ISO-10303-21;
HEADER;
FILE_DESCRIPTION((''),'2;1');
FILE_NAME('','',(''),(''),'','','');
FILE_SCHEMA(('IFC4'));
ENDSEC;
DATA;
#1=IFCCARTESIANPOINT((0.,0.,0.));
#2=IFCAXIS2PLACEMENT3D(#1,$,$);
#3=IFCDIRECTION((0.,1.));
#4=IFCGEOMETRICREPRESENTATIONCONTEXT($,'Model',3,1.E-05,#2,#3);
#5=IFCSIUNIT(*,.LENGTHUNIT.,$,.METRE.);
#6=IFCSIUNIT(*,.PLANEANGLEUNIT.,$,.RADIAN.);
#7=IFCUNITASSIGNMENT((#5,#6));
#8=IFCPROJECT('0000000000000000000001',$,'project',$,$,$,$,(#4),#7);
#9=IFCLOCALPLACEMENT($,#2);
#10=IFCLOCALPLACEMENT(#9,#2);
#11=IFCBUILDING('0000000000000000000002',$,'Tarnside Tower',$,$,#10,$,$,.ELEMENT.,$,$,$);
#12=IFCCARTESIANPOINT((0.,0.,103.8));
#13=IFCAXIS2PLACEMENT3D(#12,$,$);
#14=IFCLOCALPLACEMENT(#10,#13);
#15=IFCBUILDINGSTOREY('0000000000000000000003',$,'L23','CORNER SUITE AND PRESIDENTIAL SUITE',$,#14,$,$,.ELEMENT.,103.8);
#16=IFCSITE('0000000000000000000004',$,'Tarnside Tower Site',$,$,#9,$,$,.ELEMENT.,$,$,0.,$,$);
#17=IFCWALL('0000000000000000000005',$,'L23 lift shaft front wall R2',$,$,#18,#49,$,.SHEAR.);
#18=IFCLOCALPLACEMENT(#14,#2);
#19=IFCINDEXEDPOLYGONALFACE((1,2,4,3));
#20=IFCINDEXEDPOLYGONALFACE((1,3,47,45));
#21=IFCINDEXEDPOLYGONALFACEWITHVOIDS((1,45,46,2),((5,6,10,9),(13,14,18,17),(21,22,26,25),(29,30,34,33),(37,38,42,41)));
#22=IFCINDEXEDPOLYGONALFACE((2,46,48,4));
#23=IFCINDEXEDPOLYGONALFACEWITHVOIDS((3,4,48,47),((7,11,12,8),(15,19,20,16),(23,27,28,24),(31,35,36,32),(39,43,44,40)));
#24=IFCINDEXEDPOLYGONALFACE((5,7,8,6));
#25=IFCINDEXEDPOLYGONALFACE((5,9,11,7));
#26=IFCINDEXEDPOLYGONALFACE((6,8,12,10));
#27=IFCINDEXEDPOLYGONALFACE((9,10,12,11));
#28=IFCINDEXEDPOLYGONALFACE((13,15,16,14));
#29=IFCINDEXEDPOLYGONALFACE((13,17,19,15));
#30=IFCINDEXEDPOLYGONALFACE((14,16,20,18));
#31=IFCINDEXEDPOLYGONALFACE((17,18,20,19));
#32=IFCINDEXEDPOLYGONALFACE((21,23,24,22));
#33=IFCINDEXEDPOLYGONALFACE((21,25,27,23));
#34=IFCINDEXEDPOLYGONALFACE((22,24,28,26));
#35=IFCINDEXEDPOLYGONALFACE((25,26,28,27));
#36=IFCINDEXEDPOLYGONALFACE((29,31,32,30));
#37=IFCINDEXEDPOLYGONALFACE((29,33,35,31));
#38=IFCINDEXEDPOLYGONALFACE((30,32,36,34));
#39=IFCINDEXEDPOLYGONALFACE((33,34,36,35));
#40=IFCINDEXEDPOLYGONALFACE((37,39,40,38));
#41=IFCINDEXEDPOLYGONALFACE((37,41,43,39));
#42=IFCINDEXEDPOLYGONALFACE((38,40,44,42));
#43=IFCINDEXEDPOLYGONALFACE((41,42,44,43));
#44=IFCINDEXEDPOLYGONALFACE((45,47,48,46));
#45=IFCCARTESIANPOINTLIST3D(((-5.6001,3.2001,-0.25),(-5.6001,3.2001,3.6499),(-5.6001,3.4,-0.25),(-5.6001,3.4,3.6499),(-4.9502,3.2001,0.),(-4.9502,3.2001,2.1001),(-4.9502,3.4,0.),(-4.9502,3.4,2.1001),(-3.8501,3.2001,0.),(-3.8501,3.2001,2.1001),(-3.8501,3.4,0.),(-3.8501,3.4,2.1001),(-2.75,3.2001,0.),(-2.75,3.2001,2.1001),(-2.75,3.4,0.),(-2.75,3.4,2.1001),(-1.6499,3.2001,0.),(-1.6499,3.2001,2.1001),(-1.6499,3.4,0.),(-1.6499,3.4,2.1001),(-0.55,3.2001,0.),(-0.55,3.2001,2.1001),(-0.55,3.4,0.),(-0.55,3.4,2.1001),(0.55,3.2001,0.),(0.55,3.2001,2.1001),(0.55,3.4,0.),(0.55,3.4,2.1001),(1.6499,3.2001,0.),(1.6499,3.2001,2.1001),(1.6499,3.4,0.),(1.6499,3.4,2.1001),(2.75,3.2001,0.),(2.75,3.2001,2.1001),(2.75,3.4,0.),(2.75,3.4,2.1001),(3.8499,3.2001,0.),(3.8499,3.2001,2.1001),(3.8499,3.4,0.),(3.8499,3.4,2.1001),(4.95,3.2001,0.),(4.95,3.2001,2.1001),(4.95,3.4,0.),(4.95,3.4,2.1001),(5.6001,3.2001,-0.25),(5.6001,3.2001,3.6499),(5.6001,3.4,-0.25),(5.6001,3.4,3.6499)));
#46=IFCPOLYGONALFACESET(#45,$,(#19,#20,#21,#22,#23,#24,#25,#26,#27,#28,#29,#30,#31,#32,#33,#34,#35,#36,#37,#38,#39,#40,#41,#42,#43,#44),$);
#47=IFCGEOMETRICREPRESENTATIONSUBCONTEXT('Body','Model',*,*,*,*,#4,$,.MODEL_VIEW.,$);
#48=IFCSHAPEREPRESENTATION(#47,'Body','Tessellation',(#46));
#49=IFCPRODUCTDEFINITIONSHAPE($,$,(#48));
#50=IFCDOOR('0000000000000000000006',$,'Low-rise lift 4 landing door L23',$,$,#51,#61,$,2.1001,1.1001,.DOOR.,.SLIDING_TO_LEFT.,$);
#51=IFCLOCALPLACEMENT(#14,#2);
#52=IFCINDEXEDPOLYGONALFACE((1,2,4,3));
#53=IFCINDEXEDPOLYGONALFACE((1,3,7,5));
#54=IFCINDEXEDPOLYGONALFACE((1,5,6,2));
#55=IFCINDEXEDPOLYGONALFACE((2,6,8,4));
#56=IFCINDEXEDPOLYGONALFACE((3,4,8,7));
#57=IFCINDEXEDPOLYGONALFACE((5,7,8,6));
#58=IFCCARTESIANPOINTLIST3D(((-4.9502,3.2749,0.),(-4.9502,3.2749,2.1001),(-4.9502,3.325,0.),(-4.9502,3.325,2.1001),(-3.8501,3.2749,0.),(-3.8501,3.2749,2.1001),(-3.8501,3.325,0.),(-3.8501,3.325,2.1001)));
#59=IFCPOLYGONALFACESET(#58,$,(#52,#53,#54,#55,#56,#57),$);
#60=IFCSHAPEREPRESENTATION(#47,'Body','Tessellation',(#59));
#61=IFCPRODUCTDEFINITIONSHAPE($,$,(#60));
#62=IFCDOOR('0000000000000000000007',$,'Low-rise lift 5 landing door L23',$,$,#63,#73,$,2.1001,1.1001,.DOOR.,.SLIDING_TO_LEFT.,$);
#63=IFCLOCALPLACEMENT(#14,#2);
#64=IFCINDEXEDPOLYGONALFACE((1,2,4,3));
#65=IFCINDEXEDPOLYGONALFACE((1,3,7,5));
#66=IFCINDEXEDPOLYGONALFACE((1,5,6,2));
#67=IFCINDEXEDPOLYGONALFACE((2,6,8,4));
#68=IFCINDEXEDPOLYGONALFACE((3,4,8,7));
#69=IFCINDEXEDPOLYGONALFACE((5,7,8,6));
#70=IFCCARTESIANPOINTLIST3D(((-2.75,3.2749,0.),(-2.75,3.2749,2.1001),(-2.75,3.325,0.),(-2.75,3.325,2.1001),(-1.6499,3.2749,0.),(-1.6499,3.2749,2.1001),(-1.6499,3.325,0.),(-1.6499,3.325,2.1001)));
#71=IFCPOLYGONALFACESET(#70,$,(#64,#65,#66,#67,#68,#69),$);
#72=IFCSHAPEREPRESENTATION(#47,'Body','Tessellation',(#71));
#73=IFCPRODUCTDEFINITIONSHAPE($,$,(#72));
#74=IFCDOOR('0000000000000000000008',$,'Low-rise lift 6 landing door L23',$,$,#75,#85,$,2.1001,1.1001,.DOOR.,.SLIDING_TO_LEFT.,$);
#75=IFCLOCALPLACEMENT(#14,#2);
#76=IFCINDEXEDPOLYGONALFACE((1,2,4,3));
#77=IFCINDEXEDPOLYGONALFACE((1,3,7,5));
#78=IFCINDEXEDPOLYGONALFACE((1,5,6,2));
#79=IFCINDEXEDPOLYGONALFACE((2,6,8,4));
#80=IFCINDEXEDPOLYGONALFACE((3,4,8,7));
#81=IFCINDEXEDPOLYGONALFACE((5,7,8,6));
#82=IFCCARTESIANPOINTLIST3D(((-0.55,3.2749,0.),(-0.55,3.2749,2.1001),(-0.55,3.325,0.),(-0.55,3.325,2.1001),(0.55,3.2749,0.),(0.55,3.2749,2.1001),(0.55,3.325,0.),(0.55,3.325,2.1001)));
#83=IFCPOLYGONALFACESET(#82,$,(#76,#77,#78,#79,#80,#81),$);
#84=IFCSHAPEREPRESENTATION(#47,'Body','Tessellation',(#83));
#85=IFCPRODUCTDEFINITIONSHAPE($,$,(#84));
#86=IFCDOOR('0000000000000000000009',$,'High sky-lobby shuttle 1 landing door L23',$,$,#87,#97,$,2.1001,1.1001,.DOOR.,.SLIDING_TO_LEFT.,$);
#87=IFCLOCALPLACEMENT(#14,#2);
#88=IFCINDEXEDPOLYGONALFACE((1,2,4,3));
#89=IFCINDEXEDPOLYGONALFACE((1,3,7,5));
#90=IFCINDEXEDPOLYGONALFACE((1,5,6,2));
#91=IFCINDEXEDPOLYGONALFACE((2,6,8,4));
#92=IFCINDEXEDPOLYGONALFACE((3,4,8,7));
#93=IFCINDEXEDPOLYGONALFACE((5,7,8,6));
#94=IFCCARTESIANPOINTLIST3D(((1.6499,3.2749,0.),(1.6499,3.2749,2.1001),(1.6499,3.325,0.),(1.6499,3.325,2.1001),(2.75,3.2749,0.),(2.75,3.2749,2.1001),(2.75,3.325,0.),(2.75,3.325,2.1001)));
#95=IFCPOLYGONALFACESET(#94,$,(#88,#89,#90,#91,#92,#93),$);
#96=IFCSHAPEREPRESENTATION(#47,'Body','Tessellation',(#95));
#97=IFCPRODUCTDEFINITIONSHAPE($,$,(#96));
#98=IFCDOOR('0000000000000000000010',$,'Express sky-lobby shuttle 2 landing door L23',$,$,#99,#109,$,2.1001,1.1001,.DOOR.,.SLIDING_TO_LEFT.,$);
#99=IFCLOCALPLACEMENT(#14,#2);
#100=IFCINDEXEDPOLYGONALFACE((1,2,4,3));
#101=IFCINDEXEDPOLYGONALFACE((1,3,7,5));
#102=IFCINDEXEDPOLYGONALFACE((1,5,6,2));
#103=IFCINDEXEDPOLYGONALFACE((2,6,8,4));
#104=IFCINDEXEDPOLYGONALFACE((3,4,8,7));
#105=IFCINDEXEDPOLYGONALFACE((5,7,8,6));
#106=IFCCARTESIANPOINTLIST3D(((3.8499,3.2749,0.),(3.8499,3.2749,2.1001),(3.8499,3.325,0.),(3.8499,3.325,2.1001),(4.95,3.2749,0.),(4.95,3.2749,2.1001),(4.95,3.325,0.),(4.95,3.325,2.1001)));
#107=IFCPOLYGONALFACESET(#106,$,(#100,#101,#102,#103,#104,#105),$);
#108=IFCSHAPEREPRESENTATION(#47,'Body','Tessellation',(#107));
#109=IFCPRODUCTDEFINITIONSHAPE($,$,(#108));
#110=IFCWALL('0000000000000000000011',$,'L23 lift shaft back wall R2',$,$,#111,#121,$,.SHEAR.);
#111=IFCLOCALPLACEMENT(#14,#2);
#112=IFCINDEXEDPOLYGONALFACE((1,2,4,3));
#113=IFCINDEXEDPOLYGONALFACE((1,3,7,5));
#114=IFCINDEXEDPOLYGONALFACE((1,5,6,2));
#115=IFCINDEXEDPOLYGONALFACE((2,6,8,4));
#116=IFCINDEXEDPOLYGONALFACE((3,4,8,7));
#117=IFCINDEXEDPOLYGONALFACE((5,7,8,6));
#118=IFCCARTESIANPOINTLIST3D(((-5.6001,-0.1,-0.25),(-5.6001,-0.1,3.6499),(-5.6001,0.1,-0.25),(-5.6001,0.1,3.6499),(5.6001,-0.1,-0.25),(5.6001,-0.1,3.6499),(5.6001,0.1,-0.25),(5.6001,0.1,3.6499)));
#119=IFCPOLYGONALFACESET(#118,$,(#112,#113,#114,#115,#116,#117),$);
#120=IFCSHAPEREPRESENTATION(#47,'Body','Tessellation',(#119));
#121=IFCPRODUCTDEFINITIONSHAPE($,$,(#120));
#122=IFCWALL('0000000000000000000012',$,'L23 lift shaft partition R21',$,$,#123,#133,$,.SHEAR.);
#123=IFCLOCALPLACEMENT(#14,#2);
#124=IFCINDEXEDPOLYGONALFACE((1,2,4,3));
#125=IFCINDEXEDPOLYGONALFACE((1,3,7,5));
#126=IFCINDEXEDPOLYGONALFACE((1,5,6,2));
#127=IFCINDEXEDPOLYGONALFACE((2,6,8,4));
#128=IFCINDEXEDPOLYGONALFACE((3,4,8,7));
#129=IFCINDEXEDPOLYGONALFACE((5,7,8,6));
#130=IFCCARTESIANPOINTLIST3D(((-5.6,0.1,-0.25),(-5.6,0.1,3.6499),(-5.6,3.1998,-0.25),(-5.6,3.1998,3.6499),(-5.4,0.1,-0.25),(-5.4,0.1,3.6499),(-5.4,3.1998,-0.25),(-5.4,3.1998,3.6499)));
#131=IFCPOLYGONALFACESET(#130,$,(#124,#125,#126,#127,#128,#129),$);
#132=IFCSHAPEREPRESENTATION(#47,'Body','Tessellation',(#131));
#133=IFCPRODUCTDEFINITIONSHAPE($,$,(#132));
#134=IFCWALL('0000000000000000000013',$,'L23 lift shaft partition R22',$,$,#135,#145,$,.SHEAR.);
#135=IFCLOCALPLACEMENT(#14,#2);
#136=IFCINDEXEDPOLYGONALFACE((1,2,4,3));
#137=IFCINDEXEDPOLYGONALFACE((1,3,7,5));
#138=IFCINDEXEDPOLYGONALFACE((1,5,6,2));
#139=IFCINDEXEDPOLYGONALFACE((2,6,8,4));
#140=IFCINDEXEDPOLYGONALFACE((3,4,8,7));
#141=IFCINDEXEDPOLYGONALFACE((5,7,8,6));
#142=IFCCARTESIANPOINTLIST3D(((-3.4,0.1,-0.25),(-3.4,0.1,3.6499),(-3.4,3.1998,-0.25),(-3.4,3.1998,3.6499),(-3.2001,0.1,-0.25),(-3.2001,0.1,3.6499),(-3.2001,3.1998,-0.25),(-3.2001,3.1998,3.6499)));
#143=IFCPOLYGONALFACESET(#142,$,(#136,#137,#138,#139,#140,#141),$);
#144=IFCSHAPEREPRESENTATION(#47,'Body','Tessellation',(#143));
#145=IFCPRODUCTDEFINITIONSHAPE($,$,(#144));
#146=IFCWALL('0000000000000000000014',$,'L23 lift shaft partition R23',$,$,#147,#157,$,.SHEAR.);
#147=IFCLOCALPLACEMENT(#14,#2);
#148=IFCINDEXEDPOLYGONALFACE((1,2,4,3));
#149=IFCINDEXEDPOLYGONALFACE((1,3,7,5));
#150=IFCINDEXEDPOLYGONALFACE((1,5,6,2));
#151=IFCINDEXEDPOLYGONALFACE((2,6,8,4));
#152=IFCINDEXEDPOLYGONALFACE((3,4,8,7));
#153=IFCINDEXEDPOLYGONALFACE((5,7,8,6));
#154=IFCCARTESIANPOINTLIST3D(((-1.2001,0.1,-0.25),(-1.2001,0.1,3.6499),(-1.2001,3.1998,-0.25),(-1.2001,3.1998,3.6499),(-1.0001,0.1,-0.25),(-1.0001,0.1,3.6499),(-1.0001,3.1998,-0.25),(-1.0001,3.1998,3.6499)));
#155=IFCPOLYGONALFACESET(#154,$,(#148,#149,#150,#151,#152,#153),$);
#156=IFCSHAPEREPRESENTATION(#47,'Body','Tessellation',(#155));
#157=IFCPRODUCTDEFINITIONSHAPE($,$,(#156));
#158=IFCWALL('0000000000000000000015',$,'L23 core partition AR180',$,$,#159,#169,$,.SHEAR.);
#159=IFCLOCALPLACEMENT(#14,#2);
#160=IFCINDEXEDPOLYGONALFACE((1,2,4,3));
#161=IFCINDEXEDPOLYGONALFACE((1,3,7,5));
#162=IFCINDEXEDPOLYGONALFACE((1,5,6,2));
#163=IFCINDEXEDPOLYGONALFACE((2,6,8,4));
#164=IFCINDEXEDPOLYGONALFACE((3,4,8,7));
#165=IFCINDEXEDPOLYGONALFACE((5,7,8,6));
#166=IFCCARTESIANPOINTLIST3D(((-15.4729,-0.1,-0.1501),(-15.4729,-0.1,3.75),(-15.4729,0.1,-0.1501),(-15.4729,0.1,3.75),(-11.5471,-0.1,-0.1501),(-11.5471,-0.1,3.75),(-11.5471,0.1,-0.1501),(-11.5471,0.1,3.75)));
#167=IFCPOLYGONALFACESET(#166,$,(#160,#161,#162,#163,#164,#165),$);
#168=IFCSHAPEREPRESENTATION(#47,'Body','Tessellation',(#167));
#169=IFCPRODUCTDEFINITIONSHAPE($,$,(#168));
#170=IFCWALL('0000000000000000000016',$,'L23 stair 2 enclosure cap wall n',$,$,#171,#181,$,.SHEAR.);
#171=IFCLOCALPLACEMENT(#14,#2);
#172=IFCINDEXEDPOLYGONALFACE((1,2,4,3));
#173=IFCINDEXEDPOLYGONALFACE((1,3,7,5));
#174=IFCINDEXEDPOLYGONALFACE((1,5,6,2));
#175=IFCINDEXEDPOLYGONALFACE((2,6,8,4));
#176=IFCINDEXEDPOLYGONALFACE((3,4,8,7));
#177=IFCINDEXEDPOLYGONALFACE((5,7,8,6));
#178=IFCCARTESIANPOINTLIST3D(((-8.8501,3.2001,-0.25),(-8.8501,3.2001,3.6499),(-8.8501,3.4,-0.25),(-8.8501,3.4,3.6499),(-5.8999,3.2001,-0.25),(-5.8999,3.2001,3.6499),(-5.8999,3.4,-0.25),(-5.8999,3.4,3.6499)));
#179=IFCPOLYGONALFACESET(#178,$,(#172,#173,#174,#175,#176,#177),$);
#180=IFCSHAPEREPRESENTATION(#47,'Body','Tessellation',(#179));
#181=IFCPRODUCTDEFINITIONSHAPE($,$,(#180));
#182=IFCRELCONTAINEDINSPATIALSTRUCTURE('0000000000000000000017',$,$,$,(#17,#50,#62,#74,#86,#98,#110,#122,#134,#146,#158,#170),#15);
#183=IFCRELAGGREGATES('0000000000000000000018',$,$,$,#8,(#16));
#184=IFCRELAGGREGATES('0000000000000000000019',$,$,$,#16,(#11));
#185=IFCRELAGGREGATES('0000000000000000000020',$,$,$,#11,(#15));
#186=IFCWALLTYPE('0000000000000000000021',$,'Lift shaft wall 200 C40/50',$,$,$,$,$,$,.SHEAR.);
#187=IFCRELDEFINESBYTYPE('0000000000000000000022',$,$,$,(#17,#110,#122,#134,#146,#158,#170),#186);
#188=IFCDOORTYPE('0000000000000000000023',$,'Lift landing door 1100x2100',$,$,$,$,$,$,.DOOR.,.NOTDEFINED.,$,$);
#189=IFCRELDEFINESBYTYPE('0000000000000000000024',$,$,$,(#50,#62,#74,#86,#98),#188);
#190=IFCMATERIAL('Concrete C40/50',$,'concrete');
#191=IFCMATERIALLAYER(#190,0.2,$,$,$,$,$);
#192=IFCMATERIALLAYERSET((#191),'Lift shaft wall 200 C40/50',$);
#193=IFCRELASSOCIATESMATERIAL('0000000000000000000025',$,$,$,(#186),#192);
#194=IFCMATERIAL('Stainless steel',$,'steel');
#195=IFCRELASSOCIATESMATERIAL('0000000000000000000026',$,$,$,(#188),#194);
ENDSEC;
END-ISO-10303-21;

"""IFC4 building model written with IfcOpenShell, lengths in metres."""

from ifc_helpers import new_model, si_unit, direction, frame, frame_2d, origin, place, context, subcontext, project, spatial, rectangle, extrude, material, layer, layer_set, type_object, element, fill, save


model = new_model("IFC4")

# Units and contexts
model_context = context("Model", 3, precision=1e-05, world=origin(), true_north=direction((0.0, 1.0)))
body_context = subcontext(model_context, "Body", "Model", "MODEL_VIEW")
ifc_project = project(units=[si_unit("LENGTHUNIT", "METRE"), si_unit("PLANEANGLEUNIT", "RADIAN")], contexts=[model_context])

# Site, building, storey
site_placement = place(None, origin())
site = spatial("IfcSite", under=ifc_project, at=site_placement, Name="Tarnside Tower Site", CompositionType="ELEMENT", RefElevation=0.0)
building_placement = place(site_placement, origin())
building = spatial("IfcBuilding", under=site, at=building_placement, Name="Tarnside Tower", CompositionType="ELEMENT")
storey_placement = place(building_placement, frame((0.0, 0.0, 103.8)))
storey = spatial("IfcBuildingStorey", under=building, at=storey_placement, Name="L23", Description="CORNER SUITE AND PRESIDENTIAL SUITE", CompositionType="ELEMENT", Elevation=103.8)

# Shared definitions
ifc_material_1 = material(Name="Concrete C40/50", Category="concrete")

# Shared definitions
ifc_layer_1 = layer(ifc_material_1, 0.2)
ifc_layer_set_1 = layer_set([ifc_layer_1], Name="Lift shaft wall 200 C40/50")
wall_type_1 = type_object("IfcWallType", Name="Lift shaft wall 200 C40/50", PredefinedType="SHEAR", material=ifc_layer_set_1)
ifc_material_2 = material(Name="Stainless steel", Category="steel")
door_type_1 = type_object("IfcDoorType", Name="Lift landing door 1100x2100", OperationType="NOTDEFINED", PredefinedType="DOOR", material=ifc_material_2)

# Wall, openings, doors
wall_1_placement = place(storey_placement, frame((-5.6001, 3.3, -0.25), z_axis=(0.0, 0.0, 1.0), x_axis=(1.0, 0.0, 0.0)))
wall_1 = element("IfcWall", 1, at=wall_1_placement, inside=storey, type_object=wall_type_1, Name="L23 lift shaft front wall R2", PredefinedType="SHEAR", context=body_context, shape_type="SweptSolid", body=[
    extrude(rectangle(XDim=11.2002, YDim=0.2, at=frame_2d((5.6001, 0.0))), origin(), (0.0, 0.0, 1.0), 3.8999),
])
opening_1_placement = place(wall_1_placement, frame((0.6499, 0.0, 0.25)))
opening_1 = element("IfcOpeningElement", 2, at=opening_1_placement, cuts=wall_1, PredefinedType="OPENING", context=body_context, shape_type="SweptSolid", body=[
    extrude(rectangle(XDim=1.1001, YDim=2.1001, at=frame_2d((0.55, 1.05))), frame((0.0, 0.1099, 0.0), z_axis=(0.0, -1.0, 0.0), x_axis=(1.0, 0.0, 0.0)), (0.0, 0.0, 1.0), 0.22),
])
opening_2_placement = place(wall_1_placement, frame((2.8501, 0.0, 0.25)))
opening_2 = element("IfcOpeningElement", 3, at=opening_2_placement, cuts=wall_1, PredefinedType="OPENING", context=body_context, shape_type="SweptSolid", body=[
    extrude(rectangle(XDim=1.1001, YDim=2.1001, at=frame_2d((0.55, 1.05))), frame((0.0, 0.1099, 0.0), z_axis=(0.0, -1.0, 0.0), x_axis=(1.0, 0.0, 0.0)), (0.0, 0.0, 1.0), 0.22),
])
opening_3_placement = place(wall_1_placement, frame((5.05, 0.0, 0.25)))
opening_3 = element("IfcOpeningElement", 4, at=opening_3_placement, cuts=wall_1, PredefinedType="OPENING", context=body_context, shape_type="SweptSolid", body=[
    extrude(rectangle(XDim=1.1001, YDim=2.1001, at=frame_2d((0.55, 1.05))), frame((0.0, 0.1099, 0.0), z_axis=(0.0, -1.0, 0.0), x_axis=(1.0, 0.0, 0.0)), (0.0, 0.0, 1.0), 0.22),
])
opening_4_placement = place(wall_1_placement, frame((7.25, 0.0, 0.25)))
opening_4 = element("IfcOpeningElement", 5, at=opening_4_placement, cuts=wall_1, PredefinedType="OPENING", context=body_context, shape_type="SweptSolid", body=[
    extrude(rectangle(XDim=1.1001, YDim=2.1001, at=frame_2d((0.55, 1.05))), frame((0.0, 0.1099, 0.0), z_axis=(0.0, -1.0, 0.0), x_axis=(1.0, 0.0, 0.0)), (0.0, 0.0, 1.0), 0.22),
])
opening_5_placement = place(wall_1_placement, frame((9.45, 0.0, 0.25)))
opening_5 = element("IfcOpeningElement", 6, at=opening_5_placement, cuts=wall_1, PredefinedType="OPENING", context=body_context, shape_type="SweptSolid", body=[
    extrude(rectangle(XDim=1.1001, YDim=2.1001, at=frame_2d((0.55, 1.05))), frame((0.0, 0.1099, 0.0), z_axis=(0.0, -1.0, 0.0), x_axis=(1.0, 0.0, 0.0)), (0.0, 0.0, 1.0), 0.22),
])
door_1_placement = place(opening_1_placement, origin())
door_1 = element("IfcDoor", 7, at=door_1_placement, inside=storey, type_object=door_type_1, Name="Low-rise lift 4 landing door L23", OperationType="SLIDING_TO_LEFT", OverallHeight=2.1001, OverallWidth=1.1001, PredefinedType="DOOR", context=body_context, shape_type="SweptSolid", body=[
    extrude(rectangle(XDim=1.1001, YDim=2.1001, at=frame_2d((0.55, 1.05))), frame((0.0, 0.0249, 0.0), z_axis=(0.0, -1.0, 0.0), x_axis=(1.0, 0.0, 0.0)), (0.0, 0.0, 1.0), 0.05),
])
fill(opening_1, door_1)
door_2_placement = place(opening_2_placement, origin())
door_2 = element("IfcDoor", 8, at=door_2_placement, inside=storey, type_object=door_type_1, Name="Low-rise lift 5 landing door L23", OperationType="SLIDING_TO_LEFT", OverallHeight=2.1001, OverallWidth=1.1001, PredefinedType="DOOR", context=body_context, shape_type="SweptSolid", body=[
    extrude(rectangle(XDim=1.1001, YDim=2.1001, at=frame_2d((0.55, 1.05))), frame((0.0, 0.0249, 0.0), z_axis=(0.0, -1.0, 0.0), x_axis=(1.0, 0.0, 0.0)), (0.0, 0.0, 1.0), 0.05),
])
fill(opening_2, door_2)
door_3_placement = place(opening_3_placement, origin())
door_3 = element("IfcDoor", 9, at=door_3_placement, inside=storey, type_object=door_type_1, Name="Low-rise lift 6 landing door L23", OperationType="SLIDING_TO_LEFT", OverallHeight=2.1001, OverallWidth=1.1001, PredefinedType="DOOR", context=body_context, shape_type="SweptSolid", body=[
    extrude(rectangle(XDim=1.1001, YDim=2.1001, at=frame_2d((0.55, 1.05))), frame((0.0, 0.0249, 0.0), z_axis=(0.0, -1.0, 0.0), x_axis=(1.0, 0.0, 0.0)), (0.0, 0.0, 1.0), 0.05),
])
fill(opening_3, door_3)
door_4_placement = place(opening_4_placement, origin())
door_4 = element("IfcDoor", 10, at=door_4_placement, inside=storey, type_object=door_type_1, Name="High sky-lobby shuttle 1 landing door L23", OperationType="SLIDING_TO_LEFT", OverallHeight=2.1001, OverallWidth=1.1001, PredefinedType="DOOR", context=body_context, shape_type="SweptSolid", body=[
    extrude(rectangle(XDim=1.1001, YDim=2.1001, at=frame_2d((0.55, 1.05))), frame((0.0, 0.0249, 0.0), z_axis=(0.0, -1.0, 0.0), x_axis=(1.0, 0.0, 0.0)), (0.0, 0.0, 1.0), 0.05),
])
fill(opening_4, door_4)
door_5_placement = place(opening_5_placement, origin())
door_5 = element("IfcDoor", 11, at=door_5_placement, inside=storey, type_object=door_type_1, Name="Express sky-lobby shuttle 2 landing door L23", OperationType="SLIDING_TO_LEFT", OverallHeight=2.1001, OverallWidth=1.1001, PredefinedType="DOOR", context=body_context, shape_type="SweptSolid", body=[
    extrude(rectangle(XDim=1.1001, YDim=2.1001, at=frame_2d((0.55, 1.05))), frame((0.0, 0.0249, 0.0), z_axis=(0.0, -1.0, 0.0), x_axis=(1.0, 0.0, 0.0)), (0.0, 0.0, 1.0), 0.05),
])
fill(opening_5, door_5)

# Walls
wall_2_placement = place(storey_placement, frame((-5.6001, 0.0, -0.25), z_axis=(0.0, 0.0, 1.0), x_axis=(1.0, 0.0, 0.0)))
element("IfcWall", 12, at=wall_2_placement, inside=storey, type_object=wall_type_1, Name="L23 lift shaft back wall R2", PredefinedType="SHEAR", context=body_context, shape_type="SweptSolid", body=[
    extrude(rectangle(XDim=11.2002, YDim=0.2, at=frame_2d((5.6001, 0.0))), origin(), (0.0, 0.0, 1.0), 3.8999),
])
for number, where, z_axis, x_axis, name in (
    (13, (-5.5, 0.1001, -0.25), (0.0, 0.0, 1.0), (0.0, 1.0, 0.0), "L23 lift shaft partition R21"),
    (14, (-3.3, 0.1001, -0.25), (0.0, 0.0, 1.0), (0.0, 1.0, 0.0), "L23 lift shaft partition R22"),
    (15, (-1.1001, 0.1001, -0.25), (0.0, 0.0, 1.0), (0.0, 1.0, 0.0), "L23 lift shaft partition R23"),
):
    element("IfcWall", number, at=place(storey_placement, frame(where, z_axis=z_axis, x_axis=x_axis)), inside=storey, type_object=wall_type_1, Name=name, PredefinedType="SHEAR", context=body_context, shape_type="SweptSolid", body=[
        extrude(rectangle(XDim=3.0999, YDim=0.2, at=frame_2d((1.5498, 0.0))), origin(), (0.0, 0.0, 1.0), 3.8999),
    ])
wall_3_placement = place(storey_placement, frame((-11.5471, 0.0, -0.1501), z_axis=(0.0, 0.0, 1.0), x_axis=(-1.0, 0.0, 0.0)))
element("IfcWall", 16, at=wall_3_placement, inside=storey, type_object=wall_type_1, Name="L23 core partition AR180", PredefinedType="SHEAR", context=body_context, shape_type="SweptSolid", body=[
    extrude(rectangle(XDim=3.9258, YDim=0.2, at=frame_2d((1.9629, 0.0))), origin(), (0.0, 0.0, 1.0), 3.9001),
])
wall_4_placement = place(storey_placement, frame((-8.8501, 3.3, -0.25), z_axis=(0.0, 0.0, 1.0), x_axis=(1.0, 0.0, 0.0)))
element("IfcWall", 17, at=wall_4_placement, inside=storey, type_object=wall_type_1, Name="L23 stair 2 enclosure cap wall n", PredefinedType="SHEAR", context=body_context, shape_type="SweptSolid", body=[
    extrude(rectangle(XDim=2.9502, YDim=0.2, at=frame_2d((1.4751, 0.0))), origin(), (0.0, 0.0, 1.0), 3.8999),
])

save(model, "model.ifc")
